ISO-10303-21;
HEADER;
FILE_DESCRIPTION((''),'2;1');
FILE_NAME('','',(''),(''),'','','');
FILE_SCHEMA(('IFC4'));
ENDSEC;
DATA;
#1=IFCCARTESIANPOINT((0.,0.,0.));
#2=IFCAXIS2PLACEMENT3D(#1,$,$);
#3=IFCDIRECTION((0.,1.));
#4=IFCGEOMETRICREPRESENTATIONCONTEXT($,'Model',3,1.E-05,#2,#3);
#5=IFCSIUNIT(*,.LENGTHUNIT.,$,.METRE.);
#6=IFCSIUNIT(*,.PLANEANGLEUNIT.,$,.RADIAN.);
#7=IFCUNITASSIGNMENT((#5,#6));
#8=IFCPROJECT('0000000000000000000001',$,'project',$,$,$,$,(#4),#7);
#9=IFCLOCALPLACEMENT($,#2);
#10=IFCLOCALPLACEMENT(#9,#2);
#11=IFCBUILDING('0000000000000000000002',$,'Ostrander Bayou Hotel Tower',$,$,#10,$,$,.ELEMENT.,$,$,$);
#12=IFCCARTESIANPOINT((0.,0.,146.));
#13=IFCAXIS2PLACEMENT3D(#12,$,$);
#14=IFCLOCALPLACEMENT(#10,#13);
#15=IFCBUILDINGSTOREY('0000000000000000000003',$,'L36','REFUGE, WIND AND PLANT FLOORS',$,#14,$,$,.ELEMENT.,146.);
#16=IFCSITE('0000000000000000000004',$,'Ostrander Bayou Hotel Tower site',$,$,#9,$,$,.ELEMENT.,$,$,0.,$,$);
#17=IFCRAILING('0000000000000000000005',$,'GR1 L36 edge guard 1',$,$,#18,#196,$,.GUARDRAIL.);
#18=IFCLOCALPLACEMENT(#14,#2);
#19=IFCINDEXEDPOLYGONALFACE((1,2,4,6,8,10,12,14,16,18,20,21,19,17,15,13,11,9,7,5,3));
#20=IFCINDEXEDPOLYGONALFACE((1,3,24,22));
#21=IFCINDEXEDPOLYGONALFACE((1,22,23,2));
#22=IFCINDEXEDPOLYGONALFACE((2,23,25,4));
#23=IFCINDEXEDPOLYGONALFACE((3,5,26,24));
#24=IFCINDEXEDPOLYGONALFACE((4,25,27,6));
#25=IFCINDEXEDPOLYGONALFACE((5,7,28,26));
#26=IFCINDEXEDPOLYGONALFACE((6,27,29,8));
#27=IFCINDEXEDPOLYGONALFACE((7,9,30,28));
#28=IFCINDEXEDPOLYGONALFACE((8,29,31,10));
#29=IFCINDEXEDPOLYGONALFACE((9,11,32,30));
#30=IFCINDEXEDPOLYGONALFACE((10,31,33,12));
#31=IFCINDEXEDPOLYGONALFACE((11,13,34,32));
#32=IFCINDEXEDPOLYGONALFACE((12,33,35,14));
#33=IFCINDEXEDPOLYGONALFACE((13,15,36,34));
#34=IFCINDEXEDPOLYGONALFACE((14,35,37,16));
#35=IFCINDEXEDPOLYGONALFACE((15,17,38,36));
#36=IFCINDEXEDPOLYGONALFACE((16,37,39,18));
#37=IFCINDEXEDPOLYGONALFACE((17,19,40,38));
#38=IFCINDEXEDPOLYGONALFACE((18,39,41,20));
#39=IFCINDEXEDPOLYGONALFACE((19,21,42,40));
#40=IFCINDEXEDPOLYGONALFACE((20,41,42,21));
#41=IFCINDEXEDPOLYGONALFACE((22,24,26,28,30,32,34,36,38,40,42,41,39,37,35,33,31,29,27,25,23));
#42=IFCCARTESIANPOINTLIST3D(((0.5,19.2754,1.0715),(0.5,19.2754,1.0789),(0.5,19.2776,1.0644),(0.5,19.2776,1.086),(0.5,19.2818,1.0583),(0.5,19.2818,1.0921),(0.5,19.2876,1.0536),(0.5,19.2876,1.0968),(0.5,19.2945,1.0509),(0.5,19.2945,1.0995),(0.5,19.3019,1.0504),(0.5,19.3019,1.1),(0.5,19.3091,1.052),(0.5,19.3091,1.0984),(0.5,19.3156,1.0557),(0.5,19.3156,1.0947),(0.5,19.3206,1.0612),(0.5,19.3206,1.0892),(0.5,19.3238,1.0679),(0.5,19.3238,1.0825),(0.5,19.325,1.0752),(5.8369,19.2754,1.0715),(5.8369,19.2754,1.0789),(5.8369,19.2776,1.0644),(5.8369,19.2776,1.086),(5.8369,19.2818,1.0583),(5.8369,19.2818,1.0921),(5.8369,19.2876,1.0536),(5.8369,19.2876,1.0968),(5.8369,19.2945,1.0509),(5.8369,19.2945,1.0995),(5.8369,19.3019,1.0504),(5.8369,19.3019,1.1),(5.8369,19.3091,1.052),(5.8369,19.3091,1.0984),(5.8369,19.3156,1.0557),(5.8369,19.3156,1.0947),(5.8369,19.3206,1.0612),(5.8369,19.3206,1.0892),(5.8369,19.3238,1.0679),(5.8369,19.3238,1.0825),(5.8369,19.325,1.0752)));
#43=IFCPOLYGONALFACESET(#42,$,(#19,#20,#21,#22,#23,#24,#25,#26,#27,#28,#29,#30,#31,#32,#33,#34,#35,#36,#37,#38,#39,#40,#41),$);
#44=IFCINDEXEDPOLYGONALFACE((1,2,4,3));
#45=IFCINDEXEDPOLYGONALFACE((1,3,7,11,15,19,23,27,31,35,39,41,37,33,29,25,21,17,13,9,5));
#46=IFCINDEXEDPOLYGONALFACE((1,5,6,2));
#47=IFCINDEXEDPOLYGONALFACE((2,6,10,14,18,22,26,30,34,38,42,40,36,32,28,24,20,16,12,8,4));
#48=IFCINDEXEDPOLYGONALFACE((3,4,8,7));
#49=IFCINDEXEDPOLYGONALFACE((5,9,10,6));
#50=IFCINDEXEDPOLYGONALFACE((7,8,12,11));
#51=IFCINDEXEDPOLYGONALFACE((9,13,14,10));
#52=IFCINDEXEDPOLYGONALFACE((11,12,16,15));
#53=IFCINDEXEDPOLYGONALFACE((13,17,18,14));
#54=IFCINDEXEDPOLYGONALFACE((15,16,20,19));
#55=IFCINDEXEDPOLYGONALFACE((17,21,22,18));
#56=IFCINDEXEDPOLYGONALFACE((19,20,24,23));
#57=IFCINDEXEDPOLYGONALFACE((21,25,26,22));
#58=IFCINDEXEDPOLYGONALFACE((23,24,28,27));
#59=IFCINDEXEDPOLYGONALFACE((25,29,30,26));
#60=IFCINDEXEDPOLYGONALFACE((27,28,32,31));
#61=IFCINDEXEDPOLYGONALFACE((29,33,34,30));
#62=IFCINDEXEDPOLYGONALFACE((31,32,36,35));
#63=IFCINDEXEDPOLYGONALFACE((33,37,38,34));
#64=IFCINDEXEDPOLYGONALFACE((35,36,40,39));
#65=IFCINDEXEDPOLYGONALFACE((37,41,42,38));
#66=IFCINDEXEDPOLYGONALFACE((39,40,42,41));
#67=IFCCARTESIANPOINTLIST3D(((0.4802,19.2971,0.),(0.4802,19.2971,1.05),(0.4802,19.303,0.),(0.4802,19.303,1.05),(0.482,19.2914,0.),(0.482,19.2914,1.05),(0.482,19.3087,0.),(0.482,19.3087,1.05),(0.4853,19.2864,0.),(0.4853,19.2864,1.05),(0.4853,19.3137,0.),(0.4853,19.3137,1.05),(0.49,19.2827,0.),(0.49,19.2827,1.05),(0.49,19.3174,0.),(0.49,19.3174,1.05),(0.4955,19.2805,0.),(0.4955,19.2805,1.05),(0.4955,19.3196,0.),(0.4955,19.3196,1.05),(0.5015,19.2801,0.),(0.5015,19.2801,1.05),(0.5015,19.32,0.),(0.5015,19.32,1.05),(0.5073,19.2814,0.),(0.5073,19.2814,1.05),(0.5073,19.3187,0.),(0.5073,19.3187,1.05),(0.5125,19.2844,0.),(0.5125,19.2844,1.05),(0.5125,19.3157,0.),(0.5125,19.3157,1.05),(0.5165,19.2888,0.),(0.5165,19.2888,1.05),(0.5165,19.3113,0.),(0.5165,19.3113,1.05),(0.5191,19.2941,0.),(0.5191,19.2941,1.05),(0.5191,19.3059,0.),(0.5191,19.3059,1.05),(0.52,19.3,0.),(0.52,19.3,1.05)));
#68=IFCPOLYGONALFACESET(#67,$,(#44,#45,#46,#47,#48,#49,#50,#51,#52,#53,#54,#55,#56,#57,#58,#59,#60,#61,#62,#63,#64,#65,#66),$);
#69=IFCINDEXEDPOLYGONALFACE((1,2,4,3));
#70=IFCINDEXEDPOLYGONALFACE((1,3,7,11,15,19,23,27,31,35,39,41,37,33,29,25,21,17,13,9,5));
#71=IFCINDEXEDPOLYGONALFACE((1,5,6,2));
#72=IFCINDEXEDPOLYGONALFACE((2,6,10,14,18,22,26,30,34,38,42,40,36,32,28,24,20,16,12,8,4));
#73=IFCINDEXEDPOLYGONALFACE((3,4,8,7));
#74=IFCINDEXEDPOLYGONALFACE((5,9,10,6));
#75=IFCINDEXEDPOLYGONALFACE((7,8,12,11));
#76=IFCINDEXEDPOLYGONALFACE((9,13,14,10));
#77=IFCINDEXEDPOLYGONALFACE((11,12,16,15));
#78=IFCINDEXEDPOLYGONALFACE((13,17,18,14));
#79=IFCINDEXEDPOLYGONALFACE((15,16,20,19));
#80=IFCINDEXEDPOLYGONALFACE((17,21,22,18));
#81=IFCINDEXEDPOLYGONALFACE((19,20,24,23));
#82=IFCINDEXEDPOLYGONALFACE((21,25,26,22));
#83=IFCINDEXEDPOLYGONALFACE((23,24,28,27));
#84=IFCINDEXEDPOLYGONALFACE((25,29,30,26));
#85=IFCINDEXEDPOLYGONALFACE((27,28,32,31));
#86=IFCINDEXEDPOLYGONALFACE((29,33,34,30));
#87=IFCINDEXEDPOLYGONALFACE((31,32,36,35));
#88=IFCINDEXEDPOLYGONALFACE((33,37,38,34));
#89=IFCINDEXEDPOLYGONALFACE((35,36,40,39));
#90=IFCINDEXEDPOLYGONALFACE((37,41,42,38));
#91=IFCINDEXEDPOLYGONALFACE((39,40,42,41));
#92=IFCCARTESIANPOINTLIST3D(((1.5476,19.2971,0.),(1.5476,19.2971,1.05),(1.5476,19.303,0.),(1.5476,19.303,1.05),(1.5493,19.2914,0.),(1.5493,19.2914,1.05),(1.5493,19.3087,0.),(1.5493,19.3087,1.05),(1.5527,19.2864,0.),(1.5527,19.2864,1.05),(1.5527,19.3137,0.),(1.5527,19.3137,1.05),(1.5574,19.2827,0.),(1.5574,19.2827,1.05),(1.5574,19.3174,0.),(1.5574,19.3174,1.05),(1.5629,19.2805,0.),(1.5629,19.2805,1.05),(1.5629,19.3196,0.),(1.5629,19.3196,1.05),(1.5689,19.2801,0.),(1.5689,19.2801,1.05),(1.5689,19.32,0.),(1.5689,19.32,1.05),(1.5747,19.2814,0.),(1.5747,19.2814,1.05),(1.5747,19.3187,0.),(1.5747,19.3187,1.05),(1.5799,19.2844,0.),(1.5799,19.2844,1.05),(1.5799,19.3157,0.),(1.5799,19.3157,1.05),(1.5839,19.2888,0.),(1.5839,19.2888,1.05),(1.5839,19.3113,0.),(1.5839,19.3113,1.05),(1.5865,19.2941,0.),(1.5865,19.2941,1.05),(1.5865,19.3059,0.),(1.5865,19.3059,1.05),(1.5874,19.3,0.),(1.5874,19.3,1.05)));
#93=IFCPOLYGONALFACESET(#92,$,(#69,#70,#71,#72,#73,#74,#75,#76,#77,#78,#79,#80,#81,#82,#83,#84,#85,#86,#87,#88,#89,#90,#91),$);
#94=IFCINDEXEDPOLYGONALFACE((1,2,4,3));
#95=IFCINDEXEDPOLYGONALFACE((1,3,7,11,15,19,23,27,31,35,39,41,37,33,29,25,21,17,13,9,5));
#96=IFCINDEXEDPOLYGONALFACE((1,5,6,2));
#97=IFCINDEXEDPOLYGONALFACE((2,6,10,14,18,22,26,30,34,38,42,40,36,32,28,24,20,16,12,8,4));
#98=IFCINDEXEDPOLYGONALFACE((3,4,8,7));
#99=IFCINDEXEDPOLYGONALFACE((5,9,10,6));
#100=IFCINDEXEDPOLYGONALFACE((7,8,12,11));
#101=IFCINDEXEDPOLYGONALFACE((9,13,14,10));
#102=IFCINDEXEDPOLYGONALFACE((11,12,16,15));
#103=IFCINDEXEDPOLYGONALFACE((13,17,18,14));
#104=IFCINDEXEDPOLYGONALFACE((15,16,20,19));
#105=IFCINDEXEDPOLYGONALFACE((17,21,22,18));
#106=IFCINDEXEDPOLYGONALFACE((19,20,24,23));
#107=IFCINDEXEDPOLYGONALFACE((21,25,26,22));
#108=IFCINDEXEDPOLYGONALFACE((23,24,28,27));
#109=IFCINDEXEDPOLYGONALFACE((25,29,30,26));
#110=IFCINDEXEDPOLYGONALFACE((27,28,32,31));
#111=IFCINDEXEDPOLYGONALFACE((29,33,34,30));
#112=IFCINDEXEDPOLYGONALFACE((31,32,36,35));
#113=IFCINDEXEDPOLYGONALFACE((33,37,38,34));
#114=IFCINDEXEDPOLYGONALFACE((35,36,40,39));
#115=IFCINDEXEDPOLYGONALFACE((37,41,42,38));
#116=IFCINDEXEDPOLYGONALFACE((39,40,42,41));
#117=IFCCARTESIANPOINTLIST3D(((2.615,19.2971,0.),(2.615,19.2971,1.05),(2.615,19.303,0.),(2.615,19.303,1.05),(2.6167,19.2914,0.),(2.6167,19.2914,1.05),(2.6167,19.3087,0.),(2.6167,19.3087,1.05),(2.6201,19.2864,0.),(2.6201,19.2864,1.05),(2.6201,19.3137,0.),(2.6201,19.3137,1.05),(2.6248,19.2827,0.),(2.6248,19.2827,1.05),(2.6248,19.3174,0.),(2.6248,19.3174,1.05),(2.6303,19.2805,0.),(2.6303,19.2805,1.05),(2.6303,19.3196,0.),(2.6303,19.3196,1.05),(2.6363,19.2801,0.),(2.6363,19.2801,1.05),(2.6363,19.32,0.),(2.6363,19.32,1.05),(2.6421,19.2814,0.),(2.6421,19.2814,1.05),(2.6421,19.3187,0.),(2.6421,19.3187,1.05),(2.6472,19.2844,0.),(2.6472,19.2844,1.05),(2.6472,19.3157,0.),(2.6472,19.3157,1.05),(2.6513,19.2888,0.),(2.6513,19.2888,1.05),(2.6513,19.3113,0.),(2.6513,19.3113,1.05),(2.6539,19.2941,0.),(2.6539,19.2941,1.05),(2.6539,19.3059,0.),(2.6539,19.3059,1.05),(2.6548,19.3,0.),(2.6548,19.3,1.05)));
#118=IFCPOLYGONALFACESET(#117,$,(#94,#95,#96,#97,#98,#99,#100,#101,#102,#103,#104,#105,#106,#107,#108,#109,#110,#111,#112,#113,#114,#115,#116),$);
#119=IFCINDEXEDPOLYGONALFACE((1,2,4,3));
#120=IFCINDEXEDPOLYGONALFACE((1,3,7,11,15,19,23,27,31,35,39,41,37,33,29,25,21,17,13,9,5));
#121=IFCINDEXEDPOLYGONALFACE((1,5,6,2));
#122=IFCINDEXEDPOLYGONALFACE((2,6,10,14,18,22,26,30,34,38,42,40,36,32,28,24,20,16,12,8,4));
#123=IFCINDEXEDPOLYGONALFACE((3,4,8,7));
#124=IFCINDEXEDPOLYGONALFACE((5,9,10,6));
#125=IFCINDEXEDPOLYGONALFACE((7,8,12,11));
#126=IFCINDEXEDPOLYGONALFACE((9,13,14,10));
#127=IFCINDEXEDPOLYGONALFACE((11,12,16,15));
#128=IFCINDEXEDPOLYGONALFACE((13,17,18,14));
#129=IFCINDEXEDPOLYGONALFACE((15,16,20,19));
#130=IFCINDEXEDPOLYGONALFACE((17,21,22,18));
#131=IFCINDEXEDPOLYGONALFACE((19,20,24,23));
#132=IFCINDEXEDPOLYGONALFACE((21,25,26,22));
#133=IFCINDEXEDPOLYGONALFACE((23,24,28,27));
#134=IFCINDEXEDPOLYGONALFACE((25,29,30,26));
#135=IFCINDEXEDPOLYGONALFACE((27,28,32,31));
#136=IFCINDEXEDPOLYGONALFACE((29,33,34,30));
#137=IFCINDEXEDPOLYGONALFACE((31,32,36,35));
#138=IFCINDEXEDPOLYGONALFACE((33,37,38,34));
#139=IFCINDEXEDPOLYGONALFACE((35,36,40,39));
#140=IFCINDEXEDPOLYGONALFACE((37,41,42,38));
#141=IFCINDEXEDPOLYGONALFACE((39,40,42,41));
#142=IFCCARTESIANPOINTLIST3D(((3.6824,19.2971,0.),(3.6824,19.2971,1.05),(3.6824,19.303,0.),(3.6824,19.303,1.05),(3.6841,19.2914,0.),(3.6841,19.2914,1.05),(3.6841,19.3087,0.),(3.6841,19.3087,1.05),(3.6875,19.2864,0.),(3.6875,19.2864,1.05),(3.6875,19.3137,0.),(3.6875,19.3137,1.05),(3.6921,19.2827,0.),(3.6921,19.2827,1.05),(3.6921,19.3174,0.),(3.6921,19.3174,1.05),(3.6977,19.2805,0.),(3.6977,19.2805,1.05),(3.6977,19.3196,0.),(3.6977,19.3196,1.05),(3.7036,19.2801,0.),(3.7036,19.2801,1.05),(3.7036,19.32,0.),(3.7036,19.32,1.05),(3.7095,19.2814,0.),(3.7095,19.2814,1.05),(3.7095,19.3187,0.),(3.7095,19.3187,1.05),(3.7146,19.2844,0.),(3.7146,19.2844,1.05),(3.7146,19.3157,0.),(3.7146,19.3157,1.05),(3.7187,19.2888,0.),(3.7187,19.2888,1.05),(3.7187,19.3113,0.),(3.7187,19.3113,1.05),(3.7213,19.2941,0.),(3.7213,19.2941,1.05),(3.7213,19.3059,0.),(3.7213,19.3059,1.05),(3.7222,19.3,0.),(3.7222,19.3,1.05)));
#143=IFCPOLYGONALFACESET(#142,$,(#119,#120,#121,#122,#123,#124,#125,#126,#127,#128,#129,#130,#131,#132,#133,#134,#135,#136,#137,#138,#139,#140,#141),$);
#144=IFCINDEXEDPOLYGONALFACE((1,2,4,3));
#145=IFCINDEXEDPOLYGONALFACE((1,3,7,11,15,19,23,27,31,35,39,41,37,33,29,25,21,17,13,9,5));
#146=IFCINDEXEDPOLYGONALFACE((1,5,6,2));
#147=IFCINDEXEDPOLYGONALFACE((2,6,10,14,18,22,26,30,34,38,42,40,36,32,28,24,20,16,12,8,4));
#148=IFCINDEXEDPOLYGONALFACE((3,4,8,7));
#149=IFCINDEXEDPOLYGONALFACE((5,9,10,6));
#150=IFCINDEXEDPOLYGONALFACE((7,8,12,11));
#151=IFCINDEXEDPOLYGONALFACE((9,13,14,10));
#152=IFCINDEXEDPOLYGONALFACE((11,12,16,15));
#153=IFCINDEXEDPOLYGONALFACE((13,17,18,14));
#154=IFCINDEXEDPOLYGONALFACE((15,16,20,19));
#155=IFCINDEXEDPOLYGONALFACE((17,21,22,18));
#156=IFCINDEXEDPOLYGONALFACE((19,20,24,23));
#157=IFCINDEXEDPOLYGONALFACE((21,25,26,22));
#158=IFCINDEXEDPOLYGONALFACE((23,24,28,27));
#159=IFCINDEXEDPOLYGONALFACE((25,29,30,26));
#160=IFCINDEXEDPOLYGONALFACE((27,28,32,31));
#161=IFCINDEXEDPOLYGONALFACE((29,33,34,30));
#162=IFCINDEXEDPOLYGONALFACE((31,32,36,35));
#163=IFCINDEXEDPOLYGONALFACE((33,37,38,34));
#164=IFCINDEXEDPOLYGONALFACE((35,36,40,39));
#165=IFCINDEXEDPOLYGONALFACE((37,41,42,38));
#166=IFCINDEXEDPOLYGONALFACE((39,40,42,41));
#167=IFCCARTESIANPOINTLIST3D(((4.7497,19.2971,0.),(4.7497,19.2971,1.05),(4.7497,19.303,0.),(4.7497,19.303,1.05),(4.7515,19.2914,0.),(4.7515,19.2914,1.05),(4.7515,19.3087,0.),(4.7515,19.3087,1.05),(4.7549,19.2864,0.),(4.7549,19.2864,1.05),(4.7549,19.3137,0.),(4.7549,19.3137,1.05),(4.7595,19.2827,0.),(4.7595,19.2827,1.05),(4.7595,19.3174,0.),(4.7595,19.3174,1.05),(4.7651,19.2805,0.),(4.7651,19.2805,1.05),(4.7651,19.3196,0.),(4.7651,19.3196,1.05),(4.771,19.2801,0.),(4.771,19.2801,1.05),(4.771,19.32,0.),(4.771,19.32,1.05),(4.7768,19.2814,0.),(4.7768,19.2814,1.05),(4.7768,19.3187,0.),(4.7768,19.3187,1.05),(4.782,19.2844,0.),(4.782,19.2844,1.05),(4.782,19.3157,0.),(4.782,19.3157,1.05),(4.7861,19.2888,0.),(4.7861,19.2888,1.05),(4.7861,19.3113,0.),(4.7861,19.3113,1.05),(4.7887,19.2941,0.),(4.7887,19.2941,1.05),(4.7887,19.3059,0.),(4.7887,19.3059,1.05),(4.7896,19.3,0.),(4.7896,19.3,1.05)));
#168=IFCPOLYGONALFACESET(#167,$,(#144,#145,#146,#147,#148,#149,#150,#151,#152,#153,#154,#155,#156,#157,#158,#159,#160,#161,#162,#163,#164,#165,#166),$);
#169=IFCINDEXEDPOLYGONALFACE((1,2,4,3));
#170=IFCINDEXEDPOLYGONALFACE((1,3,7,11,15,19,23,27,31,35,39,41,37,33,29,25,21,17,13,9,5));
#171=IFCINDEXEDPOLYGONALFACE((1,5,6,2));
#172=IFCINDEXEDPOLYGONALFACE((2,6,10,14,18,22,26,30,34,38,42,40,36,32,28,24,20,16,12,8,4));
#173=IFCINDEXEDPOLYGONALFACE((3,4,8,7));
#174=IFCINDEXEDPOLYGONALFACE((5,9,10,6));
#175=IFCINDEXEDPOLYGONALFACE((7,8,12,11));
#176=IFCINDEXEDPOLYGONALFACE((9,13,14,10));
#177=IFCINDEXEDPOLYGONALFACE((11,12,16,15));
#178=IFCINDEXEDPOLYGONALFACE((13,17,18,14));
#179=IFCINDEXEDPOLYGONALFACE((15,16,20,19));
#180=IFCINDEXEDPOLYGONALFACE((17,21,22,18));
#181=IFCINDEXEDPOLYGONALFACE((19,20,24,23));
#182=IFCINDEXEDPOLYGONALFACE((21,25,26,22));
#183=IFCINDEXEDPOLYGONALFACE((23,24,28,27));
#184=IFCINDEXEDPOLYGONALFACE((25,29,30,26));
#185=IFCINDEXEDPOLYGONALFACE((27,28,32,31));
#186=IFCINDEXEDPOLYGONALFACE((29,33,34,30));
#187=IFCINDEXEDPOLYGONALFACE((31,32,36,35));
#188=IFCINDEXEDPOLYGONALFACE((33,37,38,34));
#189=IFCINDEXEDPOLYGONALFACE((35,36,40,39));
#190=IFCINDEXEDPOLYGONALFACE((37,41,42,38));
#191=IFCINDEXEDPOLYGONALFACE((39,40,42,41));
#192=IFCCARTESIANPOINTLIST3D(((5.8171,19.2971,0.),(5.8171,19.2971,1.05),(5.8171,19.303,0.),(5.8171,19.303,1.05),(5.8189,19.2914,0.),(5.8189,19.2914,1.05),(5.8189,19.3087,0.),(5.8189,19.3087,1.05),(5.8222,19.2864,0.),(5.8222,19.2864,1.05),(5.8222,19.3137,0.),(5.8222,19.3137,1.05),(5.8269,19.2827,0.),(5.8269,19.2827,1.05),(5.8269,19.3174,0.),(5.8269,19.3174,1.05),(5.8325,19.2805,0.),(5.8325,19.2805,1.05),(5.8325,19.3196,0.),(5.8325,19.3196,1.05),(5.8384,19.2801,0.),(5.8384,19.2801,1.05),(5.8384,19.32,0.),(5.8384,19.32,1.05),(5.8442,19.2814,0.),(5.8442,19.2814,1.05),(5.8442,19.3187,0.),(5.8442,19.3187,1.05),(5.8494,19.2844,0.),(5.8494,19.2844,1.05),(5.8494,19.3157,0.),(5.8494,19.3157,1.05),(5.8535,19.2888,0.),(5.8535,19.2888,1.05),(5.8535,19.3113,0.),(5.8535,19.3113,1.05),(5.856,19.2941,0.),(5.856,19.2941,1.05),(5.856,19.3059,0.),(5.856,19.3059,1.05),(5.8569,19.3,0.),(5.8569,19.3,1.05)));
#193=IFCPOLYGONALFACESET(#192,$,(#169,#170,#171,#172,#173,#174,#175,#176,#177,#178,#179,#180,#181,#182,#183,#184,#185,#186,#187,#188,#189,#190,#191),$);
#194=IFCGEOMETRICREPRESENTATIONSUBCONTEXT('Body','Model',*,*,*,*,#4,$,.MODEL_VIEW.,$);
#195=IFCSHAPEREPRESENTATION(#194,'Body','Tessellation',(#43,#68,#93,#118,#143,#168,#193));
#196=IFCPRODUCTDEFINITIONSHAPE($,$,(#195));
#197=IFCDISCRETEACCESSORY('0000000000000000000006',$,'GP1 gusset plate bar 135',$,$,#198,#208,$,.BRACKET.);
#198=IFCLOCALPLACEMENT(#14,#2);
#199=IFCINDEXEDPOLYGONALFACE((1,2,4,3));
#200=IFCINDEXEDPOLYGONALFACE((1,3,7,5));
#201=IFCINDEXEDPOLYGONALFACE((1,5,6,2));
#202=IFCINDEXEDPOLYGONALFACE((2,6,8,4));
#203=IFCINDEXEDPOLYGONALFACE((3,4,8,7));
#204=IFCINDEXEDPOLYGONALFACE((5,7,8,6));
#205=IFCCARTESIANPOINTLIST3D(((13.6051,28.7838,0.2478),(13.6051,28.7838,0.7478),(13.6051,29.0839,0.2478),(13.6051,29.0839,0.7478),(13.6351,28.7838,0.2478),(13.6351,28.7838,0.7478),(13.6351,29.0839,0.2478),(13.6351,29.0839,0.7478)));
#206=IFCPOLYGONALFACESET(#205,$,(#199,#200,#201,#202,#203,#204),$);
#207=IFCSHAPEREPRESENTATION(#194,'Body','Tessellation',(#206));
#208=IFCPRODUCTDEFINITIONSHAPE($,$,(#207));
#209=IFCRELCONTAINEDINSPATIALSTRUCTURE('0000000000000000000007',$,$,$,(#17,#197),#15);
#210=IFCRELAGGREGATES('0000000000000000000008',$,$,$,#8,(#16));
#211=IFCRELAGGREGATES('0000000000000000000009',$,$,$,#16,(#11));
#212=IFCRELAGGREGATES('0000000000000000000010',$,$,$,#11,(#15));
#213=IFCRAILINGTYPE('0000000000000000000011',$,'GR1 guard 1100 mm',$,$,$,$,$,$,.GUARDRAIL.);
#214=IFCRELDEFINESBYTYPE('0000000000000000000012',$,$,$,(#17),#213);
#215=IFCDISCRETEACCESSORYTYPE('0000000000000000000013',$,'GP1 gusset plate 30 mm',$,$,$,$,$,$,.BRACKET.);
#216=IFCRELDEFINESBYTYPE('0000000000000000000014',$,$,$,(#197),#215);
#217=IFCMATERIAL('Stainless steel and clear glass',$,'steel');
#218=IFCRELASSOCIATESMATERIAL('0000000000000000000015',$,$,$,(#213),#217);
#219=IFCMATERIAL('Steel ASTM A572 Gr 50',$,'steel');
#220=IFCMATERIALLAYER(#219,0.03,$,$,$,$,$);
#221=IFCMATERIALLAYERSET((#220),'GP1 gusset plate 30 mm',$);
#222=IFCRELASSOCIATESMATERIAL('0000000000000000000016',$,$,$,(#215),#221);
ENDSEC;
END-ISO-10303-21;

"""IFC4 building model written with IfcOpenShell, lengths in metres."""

from ifc_helpers import new_model, si_unit, direction, frame, origin, origin_2d, place, context, subcontext, project, spatial, rectangle, circle, extrude, material, layer, layer_set, type_object, element, save


model = new_model("IFC4")

# Units and contexts
model_context = context("Model", 3, precision=1e-05, world=origin(), true_north=direction((0.0, 1.0)))
body_context = subcontext(model_context, "Body", "Model", "MODEL_VIEW")
ifc_project = project(units=[si_unit("LENGTHUNIT", "METRE"), si_unit("PLANEANGLEUNIT", "RADIAN")], contexts=[model_context])

# Site, building, storey
site_placement = place(None, origin())
site = spatial("IfcSite", under=ifc_project, at=site_placement, Name="Ostrander Bayou Hotel Tower site", CompositionType="ELEMENT", RefElevation=0.0)
building_placement = place(site_placement, origin())
building = spatial("IfcBuilding", under=site, at=building_placement, Name="Ostrander Bayou Hotel Tower", CompositionType="ELEMENT")
storey_placement = place(building_placement, frame((0.0, 0.0, 146.0)))
storey = spatial("IfcBuildingStorey", under=building, at=storey_placement, Name="L36", Description="REFUGE, WIND AND PLANT FLOORS", CompositionType="ELEMENT", Elevation=146.0)

# Railing
ifc_material_1 = material(Name="Stainless steel and clear glass", Category="steel")
railing_type = type_object("IfcRailingType", Name="GR1 guard 1100 mm", PredefinedType="GUARDRAIL", material=ifc_material_1)
railing_1_placement = place(storey_placement, frame((0.5, 19.3, 0.0)))
element("IfcRailing", 1, at=railing_1_placement, inside=storey, type_object=railing_type, Name="GR1 L36 edge guard 1", PredefinedType="GUARDRAIL", context=body_context, shape_type="SweptSolid", body=[
    extrude(circle(Radius=0.0249, at=origin_2d()), frame((0.0, 0.0, 1.0752), z_axis=(1.0, 0.0, 0.0), x_axis=(0.0, 1.0, 0.0)), (0.0, 0.0, 1.0), 5.3369),
    extrude(circle(Radius=0.02, at=origin_2d()), origin(), (0.0, 0.0, 1.0), 1.05),
    extrude(circle(Radius=0.02, at=origin_2d()), frame((1.0674, 0.0, 0.0)), (0.0, 0.0, 1.0), 1.05),
    extrude(circle(Radius=0.02, at=origin_2d()), frame((2.1348, 0.0, 0.0)), (0.0, 0.0, 1.0), 1.05),
    extrude(circle(Radius=0.02, at=origin_2d()), frame((3.2021, 0.0, 0.0)), (0.0, 0.0, 1.0), 1.05),
    extrude(circle(Radius=0.02, at=origin_2d()), frame((4.2695, 0.0, 0.0)), (0.0, 0.0, 1.0), 1.05),
    extrude(circle(Radius=0.02, at=origin_2d()), frame((5.3369, 0.0, 0.0)), (0.0, 0.0, 1.0), 1.05),
])

# Discrete accessory
ifc_material_2 = material(Name="Steel ASTM A572 Gr 50", Category="steel")
ifc_layer = layer(ifc_material_2, 0.03)
ifc_layer_set = layer_set([ifc_layer], Name="GP1 gusset plate 30 mm")
discrete_accessory_type = type_object("IfcDiscreteAccessoryType", Name="GP1 gusset plate 30 mm", PredefinedType="BRACKET", material=ifc_layer_set)
for number, where, z_axis, x_axis, name in (
    (2, (13.6201, 28.9338, 0.2478), (0.0, 0.0, 1.0), (0.0, -1.0, 0.0), "GP1 gusset plate bar 135"),
):
    element("IfcDiscreteAccessory", number, at=place(storey_placement, frame(where, z_axis=z_axis, x_axis=x_axis)), inside=storey, type_object=discrete_accessory_type, Name=name, PredefinedType="BRACKET", context=body_context, shape_type="SweptSolid", body=[
        extrude(rectangle(XDim=0.3, YDim=0.03, at=origin_2d()), origin(), (0.0, 0.0, 1.0), 0.5),
    ])

save(model, "model.ifc")
